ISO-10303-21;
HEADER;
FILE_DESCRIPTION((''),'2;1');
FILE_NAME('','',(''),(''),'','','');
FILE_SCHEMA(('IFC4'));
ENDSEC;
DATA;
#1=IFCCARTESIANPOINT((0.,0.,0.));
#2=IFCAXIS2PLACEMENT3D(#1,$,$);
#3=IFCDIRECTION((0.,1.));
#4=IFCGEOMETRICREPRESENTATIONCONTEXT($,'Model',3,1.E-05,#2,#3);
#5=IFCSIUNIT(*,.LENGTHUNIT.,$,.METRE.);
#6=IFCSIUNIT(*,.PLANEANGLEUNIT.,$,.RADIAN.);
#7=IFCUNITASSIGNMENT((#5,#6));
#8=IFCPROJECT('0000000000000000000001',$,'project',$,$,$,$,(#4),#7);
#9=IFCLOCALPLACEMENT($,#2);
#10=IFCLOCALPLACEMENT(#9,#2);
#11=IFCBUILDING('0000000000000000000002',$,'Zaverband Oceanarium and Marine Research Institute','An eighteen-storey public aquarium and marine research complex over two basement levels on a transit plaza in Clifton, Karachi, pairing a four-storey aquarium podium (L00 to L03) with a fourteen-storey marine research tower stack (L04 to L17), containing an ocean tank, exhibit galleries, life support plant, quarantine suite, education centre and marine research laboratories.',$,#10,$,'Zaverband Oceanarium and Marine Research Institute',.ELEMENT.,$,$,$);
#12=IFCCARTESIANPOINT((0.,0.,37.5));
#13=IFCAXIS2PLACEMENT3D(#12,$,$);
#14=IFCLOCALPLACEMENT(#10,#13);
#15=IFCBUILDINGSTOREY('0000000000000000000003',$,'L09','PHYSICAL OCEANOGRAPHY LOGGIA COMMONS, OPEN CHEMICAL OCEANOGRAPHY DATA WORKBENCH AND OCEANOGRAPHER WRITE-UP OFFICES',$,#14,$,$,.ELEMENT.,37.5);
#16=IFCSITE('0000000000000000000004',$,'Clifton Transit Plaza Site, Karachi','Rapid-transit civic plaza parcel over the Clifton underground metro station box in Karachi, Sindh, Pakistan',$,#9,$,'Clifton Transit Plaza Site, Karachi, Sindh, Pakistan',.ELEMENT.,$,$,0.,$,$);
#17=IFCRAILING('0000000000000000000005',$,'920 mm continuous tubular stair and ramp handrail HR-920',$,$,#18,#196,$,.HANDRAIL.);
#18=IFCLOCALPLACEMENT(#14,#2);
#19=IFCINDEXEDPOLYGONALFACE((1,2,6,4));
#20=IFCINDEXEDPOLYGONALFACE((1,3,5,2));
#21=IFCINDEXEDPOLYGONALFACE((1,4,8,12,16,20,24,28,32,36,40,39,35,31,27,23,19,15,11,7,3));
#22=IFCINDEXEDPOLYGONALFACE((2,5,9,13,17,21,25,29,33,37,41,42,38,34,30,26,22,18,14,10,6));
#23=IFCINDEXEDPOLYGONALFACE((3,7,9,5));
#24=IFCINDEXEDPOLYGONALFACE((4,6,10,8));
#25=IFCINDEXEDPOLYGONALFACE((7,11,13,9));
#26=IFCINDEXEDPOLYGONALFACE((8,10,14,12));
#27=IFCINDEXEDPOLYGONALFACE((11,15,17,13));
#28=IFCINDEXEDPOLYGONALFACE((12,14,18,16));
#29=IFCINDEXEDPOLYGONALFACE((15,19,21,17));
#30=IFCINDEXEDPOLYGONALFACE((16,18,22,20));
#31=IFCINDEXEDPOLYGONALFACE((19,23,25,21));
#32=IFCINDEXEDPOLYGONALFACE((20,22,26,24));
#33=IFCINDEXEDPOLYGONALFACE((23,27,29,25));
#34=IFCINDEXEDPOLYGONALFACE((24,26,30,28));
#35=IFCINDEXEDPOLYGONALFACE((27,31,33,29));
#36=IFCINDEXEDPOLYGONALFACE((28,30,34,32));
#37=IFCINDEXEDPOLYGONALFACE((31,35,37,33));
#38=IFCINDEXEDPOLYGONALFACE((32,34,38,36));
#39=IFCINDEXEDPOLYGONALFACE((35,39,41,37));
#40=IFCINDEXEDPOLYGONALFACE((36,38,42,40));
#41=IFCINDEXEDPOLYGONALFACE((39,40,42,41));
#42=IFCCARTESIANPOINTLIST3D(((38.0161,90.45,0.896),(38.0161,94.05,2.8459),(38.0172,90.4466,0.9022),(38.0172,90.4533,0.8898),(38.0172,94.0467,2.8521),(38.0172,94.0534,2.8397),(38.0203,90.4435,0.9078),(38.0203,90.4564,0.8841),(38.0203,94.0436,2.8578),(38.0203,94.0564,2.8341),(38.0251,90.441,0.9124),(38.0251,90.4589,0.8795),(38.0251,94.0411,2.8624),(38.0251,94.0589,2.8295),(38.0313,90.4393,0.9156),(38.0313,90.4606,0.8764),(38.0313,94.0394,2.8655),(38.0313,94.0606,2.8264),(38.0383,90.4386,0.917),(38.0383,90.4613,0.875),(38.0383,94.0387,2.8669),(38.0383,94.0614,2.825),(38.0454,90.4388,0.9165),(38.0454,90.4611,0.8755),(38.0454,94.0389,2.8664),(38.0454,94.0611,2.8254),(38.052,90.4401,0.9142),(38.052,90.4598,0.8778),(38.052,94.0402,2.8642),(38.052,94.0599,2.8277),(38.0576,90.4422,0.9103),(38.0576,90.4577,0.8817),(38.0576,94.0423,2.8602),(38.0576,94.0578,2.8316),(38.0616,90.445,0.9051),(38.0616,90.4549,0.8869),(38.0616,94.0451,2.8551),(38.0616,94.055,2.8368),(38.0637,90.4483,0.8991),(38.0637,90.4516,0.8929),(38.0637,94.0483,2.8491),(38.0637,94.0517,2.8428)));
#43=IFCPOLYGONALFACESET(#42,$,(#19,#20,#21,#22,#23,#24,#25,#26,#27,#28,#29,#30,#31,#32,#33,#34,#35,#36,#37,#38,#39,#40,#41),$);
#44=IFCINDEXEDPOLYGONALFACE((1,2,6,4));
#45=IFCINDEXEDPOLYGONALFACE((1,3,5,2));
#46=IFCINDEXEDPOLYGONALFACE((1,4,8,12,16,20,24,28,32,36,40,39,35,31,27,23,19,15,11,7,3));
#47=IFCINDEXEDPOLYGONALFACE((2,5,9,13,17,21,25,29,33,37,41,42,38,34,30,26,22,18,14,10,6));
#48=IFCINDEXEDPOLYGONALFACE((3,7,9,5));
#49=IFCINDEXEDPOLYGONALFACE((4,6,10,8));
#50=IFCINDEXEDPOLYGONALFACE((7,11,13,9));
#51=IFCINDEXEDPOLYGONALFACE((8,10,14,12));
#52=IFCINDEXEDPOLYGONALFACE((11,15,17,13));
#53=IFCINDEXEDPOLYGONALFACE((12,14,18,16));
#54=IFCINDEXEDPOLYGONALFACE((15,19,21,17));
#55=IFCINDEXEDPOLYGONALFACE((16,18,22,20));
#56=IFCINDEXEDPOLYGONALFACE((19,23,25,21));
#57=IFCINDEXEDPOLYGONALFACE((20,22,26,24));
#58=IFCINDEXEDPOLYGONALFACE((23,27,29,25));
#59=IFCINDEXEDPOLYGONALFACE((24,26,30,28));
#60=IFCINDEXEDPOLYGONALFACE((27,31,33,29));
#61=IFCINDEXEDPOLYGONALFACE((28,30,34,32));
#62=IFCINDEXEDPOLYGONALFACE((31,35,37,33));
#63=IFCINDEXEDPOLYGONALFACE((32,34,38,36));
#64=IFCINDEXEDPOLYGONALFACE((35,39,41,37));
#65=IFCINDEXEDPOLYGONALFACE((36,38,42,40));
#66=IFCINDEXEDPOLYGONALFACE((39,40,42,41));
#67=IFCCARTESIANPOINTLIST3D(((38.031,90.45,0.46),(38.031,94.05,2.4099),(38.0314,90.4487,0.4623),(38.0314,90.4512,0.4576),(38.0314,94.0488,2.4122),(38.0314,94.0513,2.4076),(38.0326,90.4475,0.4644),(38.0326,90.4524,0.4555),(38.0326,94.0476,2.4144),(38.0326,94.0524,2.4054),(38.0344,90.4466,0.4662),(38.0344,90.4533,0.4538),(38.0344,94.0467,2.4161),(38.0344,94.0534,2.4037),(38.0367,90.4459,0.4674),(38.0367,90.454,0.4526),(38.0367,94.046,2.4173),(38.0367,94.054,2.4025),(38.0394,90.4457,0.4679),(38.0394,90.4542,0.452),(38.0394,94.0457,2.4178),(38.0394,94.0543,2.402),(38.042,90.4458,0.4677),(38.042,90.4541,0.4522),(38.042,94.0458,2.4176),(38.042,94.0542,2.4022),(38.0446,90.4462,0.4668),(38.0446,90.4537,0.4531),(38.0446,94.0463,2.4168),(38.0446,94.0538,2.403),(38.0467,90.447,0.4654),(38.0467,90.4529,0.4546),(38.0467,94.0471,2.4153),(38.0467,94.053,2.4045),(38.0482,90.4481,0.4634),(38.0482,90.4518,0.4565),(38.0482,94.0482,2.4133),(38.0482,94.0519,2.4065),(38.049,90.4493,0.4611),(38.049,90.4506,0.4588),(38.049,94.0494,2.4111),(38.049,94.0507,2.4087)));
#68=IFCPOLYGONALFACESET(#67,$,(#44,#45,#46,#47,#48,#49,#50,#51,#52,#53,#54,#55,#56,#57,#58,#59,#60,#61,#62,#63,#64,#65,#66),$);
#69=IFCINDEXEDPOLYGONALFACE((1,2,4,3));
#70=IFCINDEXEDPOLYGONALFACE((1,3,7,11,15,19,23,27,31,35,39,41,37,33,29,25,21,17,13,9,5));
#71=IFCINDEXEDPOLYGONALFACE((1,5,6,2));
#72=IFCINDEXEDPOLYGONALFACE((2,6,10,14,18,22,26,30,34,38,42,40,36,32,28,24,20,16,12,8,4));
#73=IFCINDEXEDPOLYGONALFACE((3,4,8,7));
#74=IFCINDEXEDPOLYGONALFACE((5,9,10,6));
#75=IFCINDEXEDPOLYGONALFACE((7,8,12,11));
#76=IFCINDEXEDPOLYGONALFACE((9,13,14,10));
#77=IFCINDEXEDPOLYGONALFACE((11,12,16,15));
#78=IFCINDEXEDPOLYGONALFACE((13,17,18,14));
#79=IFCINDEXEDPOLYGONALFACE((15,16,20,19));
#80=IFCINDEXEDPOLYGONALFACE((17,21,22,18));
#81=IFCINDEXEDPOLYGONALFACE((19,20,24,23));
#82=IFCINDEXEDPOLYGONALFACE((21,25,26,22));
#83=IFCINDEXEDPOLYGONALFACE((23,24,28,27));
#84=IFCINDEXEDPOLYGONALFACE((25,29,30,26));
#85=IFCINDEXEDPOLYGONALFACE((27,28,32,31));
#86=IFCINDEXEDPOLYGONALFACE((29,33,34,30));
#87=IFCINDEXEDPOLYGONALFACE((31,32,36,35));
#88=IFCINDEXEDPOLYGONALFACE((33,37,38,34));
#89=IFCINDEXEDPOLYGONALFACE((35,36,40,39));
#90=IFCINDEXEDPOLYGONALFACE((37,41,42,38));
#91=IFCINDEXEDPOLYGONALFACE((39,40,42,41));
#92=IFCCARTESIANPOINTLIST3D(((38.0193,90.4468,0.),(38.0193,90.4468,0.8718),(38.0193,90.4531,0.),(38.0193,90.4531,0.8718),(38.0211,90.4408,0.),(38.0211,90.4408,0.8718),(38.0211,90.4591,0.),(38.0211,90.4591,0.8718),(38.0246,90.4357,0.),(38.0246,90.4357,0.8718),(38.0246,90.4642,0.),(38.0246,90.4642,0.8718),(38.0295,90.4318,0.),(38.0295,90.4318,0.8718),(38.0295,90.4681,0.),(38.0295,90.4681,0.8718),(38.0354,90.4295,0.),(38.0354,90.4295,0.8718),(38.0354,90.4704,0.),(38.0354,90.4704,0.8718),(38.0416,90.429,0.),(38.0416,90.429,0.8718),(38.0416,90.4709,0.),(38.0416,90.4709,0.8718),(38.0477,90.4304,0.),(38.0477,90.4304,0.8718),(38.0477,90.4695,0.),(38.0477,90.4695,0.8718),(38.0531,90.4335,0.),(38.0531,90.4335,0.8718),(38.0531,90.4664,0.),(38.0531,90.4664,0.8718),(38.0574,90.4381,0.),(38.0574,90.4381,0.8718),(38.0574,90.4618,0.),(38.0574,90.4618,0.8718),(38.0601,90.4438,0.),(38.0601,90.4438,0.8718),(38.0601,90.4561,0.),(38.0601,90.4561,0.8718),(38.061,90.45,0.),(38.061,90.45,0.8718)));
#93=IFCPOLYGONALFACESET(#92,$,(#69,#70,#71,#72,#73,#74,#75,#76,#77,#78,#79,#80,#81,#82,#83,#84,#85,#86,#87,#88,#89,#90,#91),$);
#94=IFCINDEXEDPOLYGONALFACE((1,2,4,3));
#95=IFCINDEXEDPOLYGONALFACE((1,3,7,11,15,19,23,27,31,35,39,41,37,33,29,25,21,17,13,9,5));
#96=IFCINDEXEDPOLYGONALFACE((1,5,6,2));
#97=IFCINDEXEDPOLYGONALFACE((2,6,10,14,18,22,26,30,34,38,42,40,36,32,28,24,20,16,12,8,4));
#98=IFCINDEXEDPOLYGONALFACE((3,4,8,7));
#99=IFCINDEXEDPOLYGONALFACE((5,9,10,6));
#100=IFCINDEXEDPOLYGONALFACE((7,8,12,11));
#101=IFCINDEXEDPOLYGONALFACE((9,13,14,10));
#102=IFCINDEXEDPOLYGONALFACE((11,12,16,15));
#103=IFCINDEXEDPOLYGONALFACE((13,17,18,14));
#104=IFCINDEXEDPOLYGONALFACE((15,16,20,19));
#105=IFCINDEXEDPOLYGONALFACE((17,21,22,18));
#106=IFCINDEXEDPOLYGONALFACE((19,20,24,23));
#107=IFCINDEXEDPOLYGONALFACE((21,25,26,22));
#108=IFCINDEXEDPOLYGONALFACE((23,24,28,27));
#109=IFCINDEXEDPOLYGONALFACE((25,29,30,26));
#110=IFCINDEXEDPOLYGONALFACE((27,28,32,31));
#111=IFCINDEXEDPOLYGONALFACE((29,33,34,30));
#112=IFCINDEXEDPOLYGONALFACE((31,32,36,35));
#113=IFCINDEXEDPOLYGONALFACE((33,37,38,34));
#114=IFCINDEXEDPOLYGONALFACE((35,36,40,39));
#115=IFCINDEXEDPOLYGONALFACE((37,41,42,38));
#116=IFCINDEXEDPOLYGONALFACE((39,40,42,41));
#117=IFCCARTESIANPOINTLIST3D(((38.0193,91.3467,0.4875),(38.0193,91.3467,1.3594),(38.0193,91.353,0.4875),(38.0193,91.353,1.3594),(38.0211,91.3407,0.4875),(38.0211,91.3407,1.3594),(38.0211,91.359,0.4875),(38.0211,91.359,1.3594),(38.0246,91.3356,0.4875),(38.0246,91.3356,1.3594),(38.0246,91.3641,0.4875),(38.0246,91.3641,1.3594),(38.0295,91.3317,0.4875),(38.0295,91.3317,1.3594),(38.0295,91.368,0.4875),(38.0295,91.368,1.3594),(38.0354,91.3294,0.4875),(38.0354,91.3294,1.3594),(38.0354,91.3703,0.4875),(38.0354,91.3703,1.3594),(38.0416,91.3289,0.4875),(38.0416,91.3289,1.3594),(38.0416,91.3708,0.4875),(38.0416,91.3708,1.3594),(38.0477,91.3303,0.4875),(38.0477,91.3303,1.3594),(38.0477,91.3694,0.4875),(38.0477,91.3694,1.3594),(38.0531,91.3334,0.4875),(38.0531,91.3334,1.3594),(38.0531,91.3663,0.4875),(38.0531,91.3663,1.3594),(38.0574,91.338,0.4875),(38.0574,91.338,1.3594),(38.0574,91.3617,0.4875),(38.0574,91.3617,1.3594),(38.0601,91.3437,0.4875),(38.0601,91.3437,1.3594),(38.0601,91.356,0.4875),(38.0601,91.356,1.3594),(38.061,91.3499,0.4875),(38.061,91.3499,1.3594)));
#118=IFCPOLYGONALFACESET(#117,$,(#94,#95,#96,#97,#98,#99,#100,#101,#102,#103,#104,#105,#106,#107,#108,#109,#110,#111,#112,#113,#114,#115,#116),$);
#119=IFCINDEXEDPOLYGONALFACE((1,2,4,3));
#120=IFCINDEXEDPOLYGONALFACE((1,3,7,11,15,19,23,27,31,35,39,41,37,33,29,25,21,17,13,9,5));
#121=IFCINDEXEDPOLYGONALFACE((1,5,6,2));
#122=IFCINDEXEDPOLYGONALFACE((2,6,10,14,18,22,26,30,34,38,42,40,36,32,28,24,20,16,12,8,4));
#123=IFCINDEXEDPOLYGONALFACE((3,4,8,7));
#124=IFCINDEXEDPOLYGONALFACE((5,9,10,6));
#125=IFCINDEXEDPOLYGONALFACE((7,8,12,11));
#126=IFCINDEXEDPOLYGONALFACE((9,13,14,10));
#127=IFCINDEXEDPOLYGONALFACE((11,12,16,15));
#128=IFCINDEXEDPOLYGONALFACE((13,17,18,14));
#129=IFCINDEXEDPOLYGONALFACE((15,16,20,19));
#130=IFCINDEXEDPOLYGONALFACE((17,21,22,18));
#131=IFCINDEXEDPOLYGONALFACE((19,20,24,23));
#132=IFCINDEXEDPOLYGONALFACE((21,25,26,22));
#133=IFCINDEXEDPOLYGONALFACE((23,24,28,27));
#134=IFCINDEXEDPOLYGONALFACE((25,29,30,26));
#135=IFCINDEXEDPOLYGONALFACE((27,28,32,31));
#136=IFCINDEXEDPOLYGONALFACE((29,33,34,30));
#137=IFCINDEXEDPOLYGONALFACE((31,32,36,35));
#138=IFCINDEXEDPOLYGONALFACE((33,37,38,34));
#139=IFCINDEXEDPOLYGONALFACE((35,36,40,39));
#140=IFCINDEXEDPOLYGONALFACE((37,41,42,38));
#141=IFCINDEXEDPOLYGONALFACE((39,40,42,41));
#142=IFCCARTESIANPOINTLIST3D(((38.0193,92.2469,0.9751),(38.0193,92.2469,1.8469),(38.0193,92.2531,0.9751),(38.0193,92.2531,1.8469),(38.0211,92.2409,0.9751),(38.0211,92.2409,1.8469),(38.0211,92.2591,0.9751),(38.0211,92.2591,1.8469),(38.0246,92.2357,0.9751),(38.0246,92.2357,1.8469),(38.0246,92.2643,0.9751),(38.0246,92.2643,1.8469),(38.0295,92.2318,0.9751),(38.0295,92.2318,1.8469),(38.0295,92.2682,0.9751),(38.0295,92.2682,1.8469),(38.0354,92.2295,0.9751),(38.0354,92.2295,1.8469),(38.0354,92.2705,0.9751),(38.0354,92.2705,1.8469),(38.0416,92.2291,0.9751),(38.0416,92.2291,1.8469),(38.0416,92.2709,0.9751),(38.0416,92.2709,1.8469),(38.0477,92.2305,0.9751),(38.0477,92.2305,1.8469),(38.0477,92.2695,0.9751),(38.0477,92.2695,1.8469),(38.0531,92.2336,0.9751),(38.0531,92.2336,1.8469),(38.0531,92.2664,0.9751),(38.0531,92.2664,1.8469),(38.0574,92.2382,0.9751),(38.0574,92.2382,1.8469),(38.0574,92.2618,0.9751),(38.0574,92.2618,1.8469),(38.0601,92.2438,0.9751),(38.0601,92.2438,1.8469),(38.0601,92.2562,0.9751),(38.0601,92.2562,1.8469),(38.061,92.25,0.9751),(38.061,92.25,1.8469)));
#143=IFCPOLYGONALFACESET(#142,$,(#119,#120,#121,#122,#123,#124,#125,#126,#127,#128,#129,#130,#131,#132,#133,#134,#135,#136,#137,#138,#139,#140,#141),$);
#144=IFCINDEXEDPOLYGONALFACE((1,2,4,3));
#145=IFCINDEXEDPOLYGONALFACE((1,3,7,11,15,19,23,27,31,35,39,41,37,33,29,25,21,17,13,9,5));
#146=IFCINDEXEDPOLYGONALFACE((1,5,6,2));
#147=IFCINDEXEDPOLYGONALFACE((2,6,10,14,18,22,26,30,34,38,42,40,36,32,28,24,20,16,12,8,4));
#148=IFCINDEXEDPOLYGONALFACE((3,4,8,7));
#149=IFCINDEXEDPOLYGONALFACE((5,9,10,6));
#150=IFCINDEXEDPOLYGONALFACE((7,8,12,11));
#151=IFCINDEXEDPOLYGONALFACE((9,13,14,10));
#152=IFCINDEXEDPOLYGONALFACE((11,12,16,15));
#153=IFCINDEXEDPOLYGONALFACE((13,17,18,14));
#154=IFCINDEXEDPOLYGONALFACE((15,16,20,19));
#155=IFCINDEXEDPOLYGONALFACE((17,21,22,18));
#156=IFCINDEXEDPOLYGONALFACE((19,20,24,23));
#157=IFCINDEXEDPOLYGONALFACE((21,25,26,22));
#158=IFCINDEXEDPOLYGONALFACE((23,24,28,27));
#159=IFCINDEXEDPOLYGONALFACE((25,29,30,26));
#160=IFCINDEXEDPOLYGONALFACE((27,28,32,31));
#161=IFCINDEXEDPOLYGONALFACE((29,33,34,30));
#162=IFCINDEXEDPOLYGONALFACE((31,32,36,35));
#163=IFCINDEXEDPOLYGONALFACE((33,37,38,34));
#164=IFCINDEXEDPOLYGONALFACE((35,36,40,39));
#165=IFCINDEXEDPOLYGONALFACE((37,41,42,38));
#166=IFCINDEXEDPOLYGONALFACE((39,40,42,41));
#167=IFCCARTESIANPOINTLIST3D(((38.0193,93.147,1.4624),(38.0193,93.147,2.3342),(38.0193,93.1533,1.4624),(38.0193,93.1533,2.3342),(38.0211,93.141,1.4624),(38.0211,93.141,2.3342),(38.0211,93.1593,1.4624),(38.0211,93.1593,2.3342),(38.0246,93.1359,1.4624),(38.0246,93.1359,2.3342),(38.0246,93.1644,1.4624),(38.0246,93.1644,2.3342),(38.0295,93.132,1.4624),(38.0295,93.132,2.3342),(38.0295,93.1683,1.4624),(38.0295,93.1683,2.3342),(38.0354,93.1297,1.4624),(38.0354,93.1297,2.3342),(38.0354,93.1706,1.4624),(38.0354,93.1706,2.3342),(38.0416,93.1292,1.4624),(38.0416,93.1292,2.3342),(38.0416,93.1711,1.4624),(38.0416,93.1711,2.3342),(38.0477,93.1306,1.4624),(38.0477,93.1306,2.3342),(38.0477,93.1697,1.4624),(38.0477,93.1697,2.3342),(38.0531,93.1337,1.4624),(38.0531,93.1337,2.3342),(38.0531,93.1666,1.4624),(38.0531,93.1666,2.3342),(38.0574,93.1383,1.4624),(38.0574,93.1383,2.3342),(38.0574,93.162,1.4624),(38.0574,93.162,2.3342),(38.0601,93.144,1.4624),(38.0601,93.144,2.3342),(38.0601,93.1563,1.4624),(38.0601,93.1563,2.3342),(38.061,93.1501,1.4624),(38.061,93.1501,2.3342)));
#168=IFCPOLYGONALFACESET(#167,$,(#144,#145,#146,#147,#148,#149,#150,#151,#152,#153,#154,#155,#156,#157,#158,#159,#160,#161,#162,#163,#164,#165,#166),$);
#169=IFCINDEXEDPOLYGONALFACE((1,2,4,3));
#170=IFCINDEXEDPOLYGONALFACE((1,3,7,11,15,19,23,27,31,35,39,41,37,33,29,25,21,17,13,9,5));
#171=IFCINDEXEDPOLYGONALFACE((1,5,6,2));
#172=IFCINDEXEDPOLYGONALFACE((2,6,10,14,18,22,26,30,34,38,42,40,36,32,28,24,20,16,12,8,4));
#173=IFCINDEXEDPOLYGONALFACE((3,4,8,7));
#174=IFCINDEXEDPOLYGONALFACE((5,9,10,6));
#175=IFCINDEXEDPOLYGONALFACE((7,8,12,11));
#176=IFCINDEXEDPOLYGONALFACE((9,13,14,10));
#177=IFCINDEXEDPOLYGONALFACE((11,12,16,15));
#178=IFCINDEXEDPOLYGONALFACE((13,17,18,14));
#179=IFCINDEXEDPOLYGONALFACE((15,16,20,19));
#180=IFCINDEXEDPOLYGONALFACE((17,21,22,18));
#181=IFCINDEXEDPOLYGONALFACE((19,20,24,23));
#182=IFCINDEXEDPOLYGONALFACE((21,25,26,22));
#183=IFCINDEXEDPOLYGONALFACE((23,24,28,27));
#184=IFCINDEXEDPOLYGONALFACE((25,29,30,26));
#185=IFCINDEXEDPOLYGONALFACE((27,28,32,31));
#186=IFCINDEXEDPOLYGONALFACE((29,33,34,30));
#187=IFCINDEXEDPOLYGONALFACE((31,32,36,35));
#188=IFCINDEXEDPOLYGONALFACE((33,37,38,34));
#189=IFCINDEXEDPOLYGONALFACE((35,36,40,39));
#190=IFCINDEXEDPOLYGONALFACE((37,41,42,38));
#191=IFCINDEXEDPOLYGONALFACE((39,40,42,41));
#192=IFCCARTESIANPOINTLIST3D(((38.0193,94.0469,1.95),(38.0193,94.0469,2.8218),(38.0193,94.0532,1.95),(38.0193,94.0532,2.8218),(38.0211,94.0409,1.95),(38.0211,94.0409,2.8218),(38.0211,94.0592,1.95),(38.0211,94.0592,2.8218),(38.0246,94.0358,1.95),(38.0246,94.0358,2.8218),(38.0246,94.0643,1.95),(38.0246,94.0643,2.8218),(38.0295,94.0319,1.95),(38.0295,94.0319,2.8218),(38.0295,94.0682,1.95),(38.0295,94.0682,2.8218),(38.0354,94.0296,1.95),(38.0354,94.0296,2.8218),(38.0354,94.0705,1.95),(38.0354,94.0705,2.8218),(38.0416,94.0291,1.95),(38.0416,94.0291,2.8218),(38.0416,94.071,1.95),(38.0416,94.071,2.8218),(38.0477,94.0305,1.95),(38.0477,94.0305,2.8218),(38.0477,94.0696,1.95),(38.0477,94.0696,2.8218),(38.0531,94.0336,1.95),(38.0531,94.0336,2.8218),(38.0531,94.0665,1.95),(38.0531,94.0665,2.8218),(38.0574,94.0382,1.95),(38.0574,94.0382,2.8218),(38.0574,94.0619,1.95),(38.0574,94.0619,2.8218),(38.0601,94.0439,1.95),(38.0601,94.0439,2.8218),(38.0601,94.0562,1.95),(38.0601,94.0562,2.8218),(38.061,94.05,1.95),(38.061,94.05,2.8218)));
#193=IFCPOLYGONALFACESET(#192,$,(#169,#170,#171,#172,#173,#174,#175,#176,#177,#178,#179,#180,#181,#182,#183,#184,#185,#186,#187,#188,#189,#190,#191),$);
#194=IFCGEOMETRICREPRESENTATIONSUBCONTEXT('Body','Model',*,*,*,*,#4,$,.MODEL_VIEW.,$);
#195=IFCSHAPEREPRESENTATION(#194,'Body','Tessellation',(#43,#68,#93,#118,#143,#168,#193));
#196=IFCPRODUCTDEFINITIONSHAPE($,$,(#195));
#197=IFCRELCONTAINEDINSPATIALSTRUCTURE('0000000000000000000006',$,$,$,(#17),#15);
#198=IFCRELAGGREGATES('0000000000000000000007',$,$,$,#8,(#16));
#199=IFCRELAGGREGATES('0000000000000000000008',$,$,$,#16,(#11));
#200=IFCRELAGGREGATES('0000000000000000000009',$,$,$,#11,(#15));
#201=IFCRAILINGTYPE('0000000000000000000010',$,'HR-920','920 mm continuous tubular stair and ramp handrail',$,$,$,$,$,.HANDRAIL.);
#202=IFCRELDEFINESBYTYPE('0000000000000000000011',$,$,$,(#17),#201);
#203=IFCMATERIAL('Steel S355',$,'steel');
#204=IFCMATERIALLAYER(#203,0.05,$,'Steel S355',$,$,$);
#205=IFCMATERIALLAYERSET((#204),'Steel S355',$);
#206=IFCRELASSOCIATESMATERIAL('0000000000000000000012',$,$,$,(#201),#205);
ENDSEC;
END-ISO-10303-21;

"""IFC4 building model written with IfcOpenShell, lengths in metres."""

from ifc_helpers import new_model, si_unit, direction, frame, origin, origin_2d, place, context, subcontext, project, spatial, circle, extrude, material, layer, layer_set, type_object, element, save


model = new_model("IFC4")

# Units and contexts
model_context = context("Model", 3, precision=1e-05, world=origin(), true_north=direction((0.0, 1.0)))
body_context = subcontext(model_context, "Body", "Model", "MODEL_VIEW")
ifc_project = project(units=[si_unit("LENGTHUNIT", "METRE"), si_unit("PLANEANGLEUNIT", "RADIAN")], contexts=[model_context])

# Site, building, storey
site_placement = place(None, origin())
site = spatial("IfcSite", under=ifc_project, at=site_placement, Name="Clifton Transit Plaza Site, Karachi", Description="Rapid-transit civic plaza parcel over the Clifton underground metro station box in Karachi, Sindh, Pakistan", LongName="Clifton Transit Plaza Site, Karachi, Sindh, Pakistan", CompositionType="ELEMENT", RefElevation=0.0)
building_placement = place(site_placement, origin())
building = spatial("IfcBuilding", under=site, at=building_placement, Name="Zaverband Oceanarium and Marine Research Institute", Description="An eighteen-storey public aquarium and marine research complex over two basement levels on a transit plaza in Clifton, Karachi, pairing a four-storey aquarium podium (L00 to L03) with a fourteen-storey marine research tower stack (L04 to L17), containing an ocean tank, exhibit galleries, life support plant, quarantine suite, education centre and marine research laboratories.", LongName="Zaverband Oceanarium and Marine Research Institute", CompositionType="ELEMENT")
storey_placement = place(building_placement, frame((0.0, 0.0, 37.5)))
storey = spatial("IfcBuildingStorey", under=building, at=storey_placement, Name="L09", Description="PHYSICAL OCEANOGRAPHY LOGGIA COMMONS, OPEN CHEMICAL OCEANOGRAPHY DATA WORKBENCH AND OCEANOGRAPHER WRITE-UP OFFICES", CompositionType="ELEMENT", Elevation=37.5)

# Shared definitions
ifc_material_1 = material(Name="Steel S355", Category="steel")

# Railing
ifc_layer_1 = layer(ifc_material_1, 0.05, Name="Steel S355")
ifc_layer_set_1 = layer_set([ifc_layer_1], Name="Steel S355")
railing_type_1 = type_object("IfcRailingType", Name="HR-920", Description="920 mm continuous tubular stair and ramp handrail", PredefinedType="HANDRAIL", material=ifc_layer_set_1)
railing_1_placement = place(storey_placement, frame((38.04, 90.45, 0.0)))
element("IfcRailing", 1, at=railing_1_placement, inside=storey, type_object=railing_type_1, Name="920 mm continuous tubular stair and ramp handrail HR-920", PredefinedType="HANDRAIL", context=body_context, shape_type="SweptSolid", body=[
    extrude(circle(Radius=0.0239, at=origin_2d()), frame((0.0, 0.0, 0.896), z_axis=(0.0, 0.879302, 0.476264), x_axis=(-1.0, 0.0, 0.0)), (0.0, 0.0, 1.0), 4.0942),
    extrude(circle(Radius=0.009, at=origin_2d()), frame((0.0, 0.0, 0.46), z_axis=(0.0, 0.879302, 0.476264), x_axis=(-1.0, 0.0, 0.0)), (0.0, 0.0, 1.0), 4.0942),
    extrude(circle(Radius=0.021, at=origin_2d()), origin(), (0.0, 0.0, 1.0), 0.8718),
    extrude(circle(Radius=0.021, at=origin_2d()), frame((0.0, 0.8999, 0.4875)), (0.0, 0.0, 1.0), 0.8718),
    extrude(circle(Radius=0.021, at=origin_2d()), frame((0.0, 1.8, 0.9751)), (0.0, 0.0, 1.0), 0.8718),
    extrude(circle(Radius=0.021, at=origin_2d()), frame((0.0, 2.7002, 1.4624)), (0.0, 0.0, 1.0), 0.8718),
    extrude(circle(Radius=0.021, at=origin_2d()), frame((0.0, 3.6001, 1.95)), (0.0, 0.0, 1.0), 0.8718),
])

save(model, "model.ifc")
